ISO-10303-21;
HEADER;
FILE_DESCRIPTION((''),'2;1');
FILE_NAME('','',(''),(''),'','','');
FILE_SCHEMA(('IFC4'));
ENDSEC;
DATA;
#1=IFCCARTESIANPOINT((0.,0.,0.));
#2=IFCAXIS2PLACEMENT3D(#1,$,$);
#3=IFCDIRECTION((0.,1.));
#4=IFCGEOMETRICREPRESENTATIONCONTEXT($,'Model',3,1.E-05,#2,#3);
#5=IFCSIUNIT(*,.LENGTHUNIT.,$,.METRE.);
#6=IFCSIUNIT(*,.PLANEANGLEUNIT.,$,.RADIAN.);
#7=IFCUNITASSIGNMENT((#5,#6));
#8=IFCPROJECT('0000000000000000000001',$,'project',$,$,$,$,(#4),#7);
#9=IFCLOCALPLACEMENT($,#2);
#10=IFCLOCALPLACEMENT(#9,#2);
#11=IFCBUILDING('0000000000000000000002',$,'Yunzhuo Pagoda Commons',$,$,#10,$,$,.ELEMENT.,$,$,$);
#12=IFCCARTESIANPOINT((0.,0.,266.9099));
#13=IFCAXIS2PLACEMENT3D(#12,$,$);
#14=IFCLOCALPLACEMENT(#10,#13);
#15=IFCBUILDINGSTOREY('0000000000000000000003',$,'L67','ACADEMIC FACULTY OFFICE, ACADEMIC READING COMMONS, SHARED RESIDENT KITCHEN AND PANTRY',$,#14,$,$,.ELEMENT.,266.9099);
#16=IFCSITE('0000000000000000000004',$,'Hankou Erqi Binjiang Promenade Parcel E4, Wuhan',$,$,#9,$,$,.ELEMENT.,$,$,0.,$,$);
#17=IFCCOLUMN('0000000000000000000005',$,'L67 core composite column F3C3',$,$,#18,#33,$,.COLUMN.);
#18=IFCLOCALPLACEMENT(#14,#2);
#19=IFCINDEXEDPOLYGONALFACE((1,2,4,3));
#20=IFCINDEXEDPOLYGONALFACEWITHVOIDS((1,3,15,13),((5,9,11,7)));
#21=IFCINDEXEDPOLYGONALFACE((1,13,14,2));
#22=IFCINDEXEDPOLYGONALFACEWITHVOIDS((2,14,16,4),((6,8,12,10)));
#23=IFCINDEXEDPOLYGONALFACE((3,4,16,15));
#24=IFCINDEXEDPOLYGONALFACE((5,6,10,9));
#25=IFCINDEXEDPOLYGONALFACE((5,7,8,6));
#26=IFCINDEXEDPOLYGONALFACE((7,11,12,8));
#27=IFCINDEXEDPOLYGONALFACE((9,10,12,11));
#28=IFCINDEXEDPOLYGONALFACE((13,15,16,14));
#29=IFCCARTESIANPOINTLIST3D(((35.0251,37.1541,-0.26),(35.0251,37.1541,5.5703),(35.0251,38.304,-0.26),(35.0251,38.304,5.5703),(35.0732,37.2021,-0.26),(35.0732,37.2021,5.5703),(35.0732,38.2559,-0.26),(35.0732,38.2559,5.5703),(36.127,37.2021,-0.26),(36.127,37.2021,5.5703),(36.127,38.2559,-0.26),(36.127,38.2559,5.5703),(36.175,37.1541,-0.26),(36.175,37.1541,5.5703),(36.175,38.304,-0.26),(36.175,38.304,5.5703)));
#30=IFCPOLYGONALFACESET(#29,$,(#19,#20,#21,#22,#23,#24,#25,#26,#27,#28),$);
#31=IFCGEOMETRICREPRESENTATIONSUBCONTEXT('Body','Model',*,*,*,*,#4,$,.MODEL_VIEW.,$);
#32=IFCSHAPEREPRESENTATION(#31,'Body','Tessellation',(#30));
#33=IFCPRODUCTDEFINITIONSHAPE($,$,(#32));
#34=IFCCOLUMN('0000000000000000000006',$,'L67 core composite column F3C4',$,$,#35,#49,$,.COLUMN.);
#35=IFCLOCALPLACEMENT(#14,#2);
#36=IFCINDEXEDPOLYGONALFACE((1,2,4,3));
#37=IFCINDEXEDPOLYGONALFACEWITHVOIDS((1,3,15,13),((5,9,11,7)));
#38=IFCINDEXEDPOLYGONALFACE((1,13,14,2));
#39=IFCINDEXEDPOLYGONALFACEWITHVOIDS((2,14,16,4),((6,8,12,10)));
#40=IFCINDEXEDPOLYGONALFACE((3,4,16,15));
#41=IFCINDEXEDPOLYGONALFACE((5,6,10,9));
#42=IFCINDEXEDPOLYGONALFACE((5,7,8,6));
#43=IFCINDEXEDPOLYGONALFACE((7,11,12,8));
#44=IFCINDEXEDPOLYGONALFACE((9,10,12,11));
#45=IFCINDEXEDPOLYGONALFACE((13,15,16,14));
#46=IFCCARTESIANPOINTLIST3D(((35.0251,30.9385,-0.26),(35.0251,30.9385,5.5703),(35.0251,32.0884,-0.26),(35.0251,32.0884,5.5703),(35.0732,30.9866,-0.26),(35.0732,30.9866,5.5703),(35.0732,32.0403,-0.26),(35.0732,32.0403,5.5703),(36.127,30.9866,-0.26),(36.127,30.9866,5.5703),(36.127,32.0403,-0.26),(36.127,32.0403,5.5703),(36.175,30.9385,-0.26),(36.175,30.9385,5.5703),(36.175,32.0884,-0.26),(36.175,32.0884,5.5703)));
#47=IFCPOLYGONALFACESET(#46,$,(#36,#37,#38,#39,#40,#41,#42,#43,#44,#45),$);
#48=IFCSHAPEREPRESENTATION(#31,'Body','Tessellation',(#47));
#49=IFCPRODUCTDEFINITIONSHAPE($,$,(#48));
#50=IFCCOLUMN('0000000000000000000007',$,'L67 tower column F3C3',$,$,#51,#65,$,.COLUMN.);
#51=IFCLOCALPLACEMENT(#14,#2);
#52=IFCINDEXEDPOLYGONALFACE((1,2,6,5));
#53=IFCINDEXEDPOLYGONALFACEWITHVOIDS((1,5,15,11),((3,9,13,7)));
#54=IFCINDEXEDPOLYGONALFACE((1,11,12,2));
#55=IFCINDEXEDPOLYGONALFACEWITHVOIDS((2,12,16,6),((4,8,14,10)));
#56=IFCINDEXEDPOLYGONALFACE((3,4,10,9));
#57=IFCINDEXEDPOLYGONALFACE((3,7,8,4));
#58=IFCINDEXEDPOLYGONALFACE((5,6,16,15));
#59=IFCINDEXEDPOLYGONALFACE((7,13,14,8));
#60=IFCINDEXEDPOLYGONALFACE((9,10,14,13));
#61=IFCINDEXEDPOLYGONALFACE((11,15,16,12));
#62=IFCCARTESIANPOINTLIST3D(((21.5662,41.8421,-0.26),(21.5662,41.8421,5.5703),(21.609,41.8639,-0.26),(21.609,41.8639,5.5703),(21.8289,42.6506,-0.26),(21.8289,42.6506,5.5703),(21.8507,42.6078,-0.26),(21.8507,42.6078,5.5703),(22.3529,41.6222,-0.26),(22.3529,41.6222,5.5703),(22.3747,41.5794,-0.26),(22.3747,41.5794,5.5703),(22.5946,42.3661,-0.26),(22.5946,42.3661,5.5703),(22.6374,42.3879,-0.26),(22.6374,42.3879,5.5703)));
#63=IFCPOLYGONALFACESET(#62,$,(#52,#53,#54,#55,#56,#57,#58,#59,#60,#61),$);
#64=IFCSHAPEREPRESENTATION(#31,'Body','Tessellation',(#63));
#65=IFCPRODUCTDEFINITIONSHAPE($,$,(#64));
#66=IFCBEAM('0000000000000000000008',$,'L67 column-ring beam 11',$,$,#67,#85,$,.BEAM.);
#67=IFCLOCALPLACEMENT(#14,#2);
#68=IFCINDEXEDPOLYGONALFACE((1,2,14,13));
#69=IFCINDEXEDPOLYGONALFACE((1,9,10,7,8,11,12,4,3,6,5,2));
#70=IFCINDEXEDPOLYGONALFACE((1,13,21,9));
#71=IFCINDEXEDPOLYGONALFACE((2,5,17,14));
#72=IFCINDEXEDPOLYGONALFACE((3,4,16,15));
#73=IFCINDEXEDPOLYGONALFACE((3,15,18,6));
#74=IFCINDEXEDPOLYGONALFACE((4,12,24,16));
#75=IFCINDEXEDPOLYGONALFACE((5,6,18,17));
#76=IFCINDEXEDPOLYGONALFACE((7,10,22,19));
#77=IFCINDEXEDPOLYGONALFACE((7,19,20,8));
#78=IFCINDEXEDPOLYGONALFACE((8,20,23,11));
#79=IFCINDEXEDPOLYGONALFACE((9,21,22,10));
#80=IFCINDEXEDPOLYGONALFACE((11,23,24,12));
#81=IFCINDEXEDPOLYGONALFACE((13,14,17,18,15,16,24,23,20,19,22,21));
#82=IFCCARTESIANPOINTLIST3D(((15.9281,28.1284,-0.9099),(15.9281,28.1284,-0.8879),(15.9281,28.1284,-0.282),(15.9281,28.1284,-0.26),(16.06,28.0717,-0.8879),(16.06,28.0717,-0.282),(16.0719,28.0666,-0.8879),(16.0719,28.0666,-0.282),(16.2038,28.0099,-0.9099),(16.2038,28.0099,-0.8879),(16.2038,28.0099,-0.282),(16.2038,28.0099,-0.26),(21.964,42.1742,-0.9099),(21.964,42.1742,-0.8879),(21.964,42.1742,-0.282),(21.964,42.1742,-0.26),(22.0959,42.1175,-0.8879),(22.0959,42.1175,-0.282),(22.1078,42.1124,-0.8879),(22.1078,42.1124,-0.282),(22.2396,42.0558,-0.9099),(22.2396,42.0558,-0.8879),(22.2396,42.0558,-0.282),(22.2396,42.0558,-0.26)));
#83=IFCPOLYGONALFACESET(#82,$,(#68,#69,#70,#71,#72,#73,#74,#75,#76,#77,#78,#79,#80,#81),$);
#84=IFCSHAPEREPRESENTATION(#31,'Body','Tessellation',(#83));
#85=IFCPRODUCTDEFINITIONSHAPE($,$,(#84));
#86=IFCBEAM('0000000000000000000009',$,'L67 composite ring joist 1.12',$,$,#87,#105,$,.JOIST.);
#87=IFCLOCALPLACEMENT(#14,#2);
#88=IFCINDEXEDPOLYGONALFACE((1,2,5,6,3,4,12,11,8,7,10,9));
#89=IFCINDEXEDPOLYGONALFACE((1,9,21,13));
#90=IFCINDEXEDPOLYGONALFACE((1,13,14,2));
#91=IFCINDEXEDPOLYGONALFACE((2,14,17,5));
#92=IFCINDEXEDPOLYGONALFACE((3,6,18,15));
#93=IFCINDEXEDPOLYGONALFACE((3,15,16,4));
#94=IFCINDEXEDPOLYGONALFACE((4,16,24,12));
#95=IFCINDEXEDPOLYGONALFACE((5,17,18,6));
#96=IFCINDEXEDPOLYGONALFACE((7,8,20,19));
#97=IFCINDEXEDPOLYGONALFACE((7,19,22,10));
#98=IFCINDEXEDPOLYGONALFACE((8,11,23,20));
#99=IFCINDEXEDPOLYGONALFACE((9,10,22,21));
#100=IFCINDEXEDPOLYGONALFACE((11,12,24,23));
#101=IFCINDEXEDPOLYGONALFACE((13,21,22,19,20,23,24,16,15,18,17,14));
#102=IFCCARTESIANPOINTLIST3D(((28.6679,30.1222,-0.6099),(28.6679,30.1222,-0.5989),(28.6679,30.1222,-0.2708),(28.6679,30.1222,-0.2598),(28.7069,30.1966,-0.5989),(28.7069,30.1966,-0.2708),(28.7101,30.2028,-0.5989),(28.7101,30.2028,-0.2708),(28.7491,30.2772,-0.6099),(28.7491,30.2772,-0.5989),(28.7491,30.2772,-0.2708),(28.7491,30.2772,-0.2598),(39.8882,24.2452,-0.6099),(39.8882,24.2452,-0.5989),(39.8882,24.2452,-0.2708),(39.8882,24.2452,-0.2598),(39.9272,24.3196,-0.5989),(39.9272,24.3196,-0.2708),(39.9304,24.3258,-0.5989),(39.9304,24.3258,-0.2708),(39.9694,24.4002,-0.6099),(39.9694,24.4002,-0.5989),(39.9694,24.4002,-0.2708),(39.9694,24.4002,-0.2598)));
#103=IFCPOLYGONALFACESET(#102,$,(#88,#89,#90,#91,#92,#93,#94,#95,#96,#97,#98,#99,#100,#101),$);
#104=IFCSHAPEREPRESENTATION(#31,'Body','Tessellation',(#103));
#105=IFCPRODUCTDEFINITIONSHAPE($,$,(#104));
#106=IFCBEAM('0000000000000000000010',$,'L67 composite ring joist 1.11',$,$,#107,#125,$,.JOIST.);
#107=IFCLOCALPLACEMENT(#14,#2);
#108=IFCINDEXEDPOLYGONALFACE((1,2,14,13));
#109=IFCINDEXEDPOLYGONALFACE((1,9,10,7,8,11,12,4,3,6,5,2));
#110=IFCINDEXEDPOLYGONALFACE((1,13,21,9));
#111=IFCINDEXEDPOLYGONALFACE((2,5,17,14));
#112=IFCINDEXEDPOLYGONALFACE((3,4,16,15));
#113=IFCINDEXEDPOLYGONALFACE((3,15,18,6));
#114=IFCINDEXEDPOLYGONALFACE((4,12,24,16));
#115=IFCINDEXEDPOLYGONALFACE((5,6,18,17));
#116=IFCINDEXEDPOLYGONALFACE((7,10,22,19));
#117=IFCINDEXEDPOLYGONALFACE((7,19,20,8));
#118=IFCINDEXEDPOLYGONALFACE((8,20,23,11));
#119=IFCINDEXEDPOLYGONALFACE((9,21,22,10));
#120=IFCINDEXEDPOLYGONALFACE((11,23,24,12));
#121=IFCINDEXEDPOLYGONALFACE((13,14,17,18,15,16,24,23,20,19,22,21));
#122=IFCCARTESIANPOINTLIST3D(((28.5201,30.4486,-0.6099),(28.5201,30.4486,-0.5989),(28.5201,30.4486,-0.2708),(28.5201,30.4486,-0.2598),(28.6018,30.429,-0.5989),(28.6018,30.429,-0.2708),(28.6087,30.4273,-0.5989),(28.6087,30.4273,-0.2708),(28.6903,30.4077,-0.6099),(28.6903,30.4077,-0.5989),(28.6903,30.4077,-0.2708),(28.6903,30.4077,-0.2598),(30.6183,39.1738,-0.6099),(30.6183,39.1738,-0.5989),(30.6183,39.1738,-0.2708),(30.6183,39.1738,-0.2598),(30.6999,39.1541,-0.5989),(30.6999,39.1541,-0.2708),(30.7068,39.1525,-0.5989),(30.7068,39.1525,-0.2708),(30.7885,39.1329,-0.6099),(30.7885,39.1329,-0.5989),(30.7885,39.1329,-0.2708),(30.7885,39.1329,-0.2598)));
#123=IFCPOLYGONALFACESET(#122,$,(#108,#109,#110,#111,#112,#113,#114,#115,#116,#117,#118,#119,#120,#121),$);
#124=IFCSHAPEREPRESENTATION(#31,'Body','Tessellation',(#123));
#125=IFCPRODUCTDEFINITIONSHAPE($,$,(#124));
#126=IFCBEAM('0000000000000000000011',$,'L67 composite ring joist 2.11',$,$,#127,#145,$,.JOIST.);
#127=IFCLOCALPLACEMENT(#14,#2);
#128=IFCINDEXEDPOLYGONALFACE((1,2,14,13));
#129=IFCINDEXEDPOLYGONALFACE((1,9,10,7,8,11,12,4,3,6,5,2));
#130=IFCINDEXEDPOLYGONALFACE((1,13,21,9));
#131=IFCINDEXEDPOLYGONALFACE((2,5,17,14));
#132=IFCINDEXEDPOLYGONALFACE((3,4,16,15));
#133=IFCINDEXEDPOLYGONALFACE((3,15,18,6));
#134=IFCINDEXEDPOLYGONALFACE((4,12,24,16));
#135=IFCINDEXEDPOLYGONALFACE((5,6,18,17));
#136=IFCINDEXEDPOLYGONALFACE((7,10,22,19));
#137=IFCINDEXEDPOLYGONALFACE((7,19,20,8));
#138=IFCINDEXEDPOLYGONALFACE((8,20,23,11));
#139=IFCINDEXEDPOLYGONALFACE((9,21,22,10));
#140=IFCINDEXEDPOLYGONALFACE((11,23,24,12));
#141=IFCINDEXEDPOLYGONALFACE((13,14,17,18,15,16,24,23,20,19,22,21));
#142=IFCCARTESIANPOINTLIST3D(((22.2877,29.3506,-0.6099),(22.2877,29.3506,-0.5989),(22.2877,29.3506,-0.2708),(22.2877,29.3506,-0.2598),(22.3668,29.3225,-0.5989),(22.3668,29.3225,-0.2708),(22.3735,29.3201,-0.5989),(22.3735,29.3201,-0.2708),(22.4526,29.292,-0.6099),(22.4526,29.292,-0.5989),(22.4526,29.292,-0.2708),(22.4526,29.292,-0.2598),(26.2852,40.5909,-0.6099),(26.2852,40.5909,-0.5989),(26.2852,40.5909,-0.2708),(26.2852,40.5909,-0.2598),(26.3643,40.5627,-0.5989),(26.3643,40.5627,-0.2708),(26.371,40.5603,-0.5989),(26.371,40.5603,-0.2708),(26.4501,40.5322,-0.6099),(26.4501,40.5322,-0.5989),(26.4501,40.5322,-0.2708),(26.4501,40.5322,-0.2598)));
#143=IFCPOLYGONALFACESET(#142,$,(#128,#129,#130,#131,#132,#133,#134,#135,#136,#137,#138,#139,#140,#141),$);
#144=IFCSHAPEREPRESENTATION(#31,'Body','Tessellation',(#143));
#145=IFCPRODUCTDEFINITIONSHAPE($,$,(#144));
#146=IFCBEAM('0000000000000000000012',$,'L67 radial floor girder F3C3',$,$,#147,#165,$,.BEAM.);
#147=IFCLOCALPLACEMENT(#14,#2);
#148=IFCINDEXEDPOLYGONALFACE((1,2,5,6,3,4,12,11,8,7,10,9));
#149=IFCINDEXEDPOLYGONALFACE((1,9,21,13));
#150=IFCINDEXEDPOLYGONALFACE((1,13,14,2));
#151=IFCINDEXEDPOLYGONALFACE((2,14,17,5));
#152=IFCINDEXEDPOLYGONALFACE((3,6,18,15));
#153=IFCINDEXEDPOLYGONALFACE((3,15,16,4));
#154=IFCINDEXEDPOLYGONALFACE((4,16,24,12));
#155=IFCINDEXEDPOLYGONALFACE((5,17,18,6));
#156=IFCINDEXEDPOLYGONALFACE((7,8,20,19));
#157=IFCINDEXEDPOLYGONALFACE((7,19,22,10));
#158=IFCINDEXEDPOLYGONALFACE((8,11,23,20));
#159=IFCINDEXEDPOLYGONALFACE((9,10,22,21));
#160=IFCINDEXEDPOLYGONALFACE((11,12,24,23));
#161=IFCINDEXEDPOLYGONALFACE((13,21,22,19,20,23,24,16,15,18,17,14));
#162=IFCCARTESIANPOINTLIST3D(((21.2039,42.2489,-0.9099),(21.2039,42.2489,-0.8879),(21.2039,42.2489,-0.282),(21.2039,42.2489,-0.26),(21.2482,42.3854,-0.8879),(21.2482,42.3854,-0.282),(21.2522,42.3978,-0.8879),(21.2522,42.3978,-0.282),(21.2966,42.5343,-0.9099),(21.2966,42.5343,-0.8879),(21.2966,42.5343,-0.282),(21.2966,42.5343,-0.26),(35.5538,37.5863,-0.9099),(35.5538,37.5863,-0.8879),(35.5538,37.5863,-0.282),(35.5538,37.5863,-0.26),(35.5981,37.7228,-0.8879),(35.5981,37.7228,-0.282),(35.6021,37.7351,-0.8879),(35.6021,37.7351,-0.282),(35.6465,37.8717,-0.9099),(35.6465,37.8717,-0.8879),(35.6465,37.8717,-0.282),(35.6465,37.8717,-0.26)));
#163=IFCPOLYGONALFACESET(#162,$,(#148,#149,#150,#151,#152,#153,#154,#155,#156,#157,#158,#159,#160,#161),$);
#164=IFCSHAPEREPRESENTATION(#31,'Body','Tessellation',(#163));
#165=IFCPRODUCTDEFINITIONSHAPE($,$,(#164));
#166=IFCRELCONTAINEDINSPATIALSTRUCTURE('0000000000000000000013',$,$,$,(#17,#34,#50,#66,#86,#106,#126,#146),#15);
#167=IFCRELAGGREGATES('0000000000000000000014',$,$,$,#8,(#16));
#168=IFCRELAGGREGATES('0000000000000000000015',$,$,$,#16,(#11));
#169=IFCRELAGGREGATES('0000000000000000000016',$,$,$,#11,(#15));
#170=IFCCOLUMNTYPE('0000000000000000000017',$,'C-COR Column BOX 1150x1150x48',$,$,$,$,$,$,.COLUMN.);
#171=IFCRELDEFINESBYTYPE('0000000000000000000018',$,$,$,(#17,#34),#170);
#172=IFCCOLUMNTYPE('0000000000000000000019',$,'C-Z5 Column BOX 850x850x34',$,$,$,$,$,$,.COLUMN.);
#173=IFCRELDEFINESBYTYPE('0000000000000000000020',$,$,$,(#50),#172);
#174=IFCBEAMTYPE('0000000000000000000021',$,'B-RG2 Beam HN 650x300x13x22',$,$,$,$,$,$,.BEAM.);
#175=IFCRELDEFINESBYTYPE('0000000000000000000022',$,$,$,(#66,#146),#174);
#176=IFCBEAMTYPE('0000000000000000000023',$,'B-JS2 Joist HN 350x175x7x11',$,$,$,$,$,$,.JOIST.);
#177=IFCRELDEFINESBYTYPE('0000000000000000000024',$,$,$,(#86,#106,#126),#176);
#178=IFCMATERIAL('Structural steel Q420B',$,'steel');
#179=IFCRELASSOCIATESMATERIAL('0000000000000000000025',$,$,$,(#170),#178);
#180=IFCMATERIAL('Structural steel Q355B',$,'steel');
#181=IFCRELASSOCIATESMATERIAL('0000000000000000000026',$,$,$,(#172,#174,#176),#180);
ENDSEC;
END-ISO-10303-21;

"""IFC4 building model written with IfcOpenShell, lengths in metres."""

from ifc_helpers import new_model, si_unit, direction, frame, origin, origin_2d, place, context, subcontext, project, spatial, hollow_rectangle, i_section, extrude, source, transform, mapped, material, material_profile, profile_set, type_object, element, save


model = new_model("IFC4")

# Units and contexts
model_context = context("Model", 3, precision=1e-05, world=origin(), true_north=direction((0.0, 1.0)))
body_context = subcontext(model_context, "Body", "Model", "MODEL_VIEW")
ifc_project = project(units=[si_unit("LENGTHUNIT", "METRE"), si_unit("PLANEANGLEUNIT", "RADIAN")], contexts=[model_context])

# Site, building, storey
site_placement = place(None, origin())
site = spatial("IfcSite", under=ifc_project, at=site_placement, Name="Hankou Erqi Binjiang Promenade Parcel E4, Wuhan", CompositionType="ELEMENT", RefElevation=0.0)
building_placement = place(site_placement, origin())
building = spatial("IfcBuilding", under=site, at=building_placement, Name="Yunzhuo Pagoda Commons", CompositionType="ELEMENT")
storey_placement = place(building_placement, frame((0.0, 0.0, 266.9099)))
storey = spatial("IfcBuildingStorey", under=building, at=storey_placement, Name="L67", Description="ACADEMIC FACULTY OFFICE, ACADEMIC READING COMMONS, SHARED RESIDENT KITCHEN AND PANTRY", CompositionType="ELEMENT", Elevation=266.9099)

# Columns
ifc_material_1 = material(Name="Structural steel Q420B", Category="steel")
ifc_material_profile_1 = material_profile(ifc_material_1, hollow_rectangle(XDim=1.1499, YDim=1.1499, WallThickness=0.0481, at=origin_2d()), Name="Structural steel Q420B")
ifc_profile_set_1 = profile_set([ifc_material_profile_1], Name="Structural steel Q420B")
column_type_1 = type_object("IfcColumnType", Name="C-COR Column BOX 1150x1150x48", PredefinedType="COLUMN", material=ifc_profile_set_1)
shared_shape_1 = source(origin(), body_context, "Body", "SweptSolid", [
    extrude(hollow_rectangle(XDim=1.1499, YDim=1.1499, WallThickness=0.0481, at=origin_2d()), origin(), (0.0, 0.0, 1.0), 5.8303),
])
for number, where, z_axis, x_axis, name in (
    (1, (35.6001, 37.729, -0.26), (0.0, 0.0, 1.0), (1.0, 0.0, 0.0), "L67 core composite column F3C3"),
    (2, (35.6001, 31.5134, -0.26), (0.0, 0.0, 1.0), (1.0, 0.0, 0.0), "L67 core composite column F3C4"),
):
    element("IfcColumn", number, at=place(storey_placement, frame(where, z_axis=z_axis, x_axis=x_axis)), inside=storey, type_object=column_type_1, Name=name, PredefinedType="COLUMN", context=body_context, shape_type="MappedRepresentation", body=[
        mapped(shared_shape_1, transform((0.0, 0.0, 0.0), scale=1.0)),
    ])
ifc_material_2 = material(Name="Structural steel Q355B", Category="steel")
ifc_material_profile_2 = material_profile(ifc_material_2, hollow_rectangle(XDim=0.8501, YDim=0.8501, WallThickness=0.0339, at=origin_2d()), Name="Structural steel Q355B")
ifc_profile_set_2 = profile_set([ifc_material_profile_2], Name="Structural steel Q355B")
column_type_2 = type_object("IfcColumnType", Name="C-Z5 Column BOX 850x850x34", PredefinedType="COLUMN", material=ifc_profile_set_2)
shared_shape_2 = source(origin(), body_context, "Body", "SweptSolid", [
    extrude(hollow_rectangle(XDim=0.8501, YDim=0.8501, WallThickness=0.0339, at=origin_2d()), origin(), (0.0, 0.0, 1.0), 5.8303),
])
column_placement = place(storey_placement, frame((22.1018, 42.115, -0.26), z_axis=(0.0, 0.0, 1.0), x_axis=(-0.309017, -0.951057, 0.0)))
element("IfcColumn", 3, at=column_placement, inside=storey, type_object=column_type_2, Name="L67 tower column F3C3", PredefinedType="COLUMN", context=body_context, shape_type="MappedRepresentation", body=[
    mapped(shared_shape_2, transform((0.0, 0.0, 0.0), scale=1.0)),
])

# Beams
ifc_material_profile_3 = material_profile(ifc_material_2, i_section(OverallWidth=0.3, OverallDepth=0.6499, WebThickness=0.0129, FlangeThickness=0.022, at=origin_2d()), Name="Structural steel Q355B")
ifc_profile_set_3 = profile_set([ifc_material_profile_3], Name="Structural steel Q355B")
beam_type_1 = type_object("IfcBeamType", Name="B-RG2 Beam HN 650x300x13x22", PredefinedType="BEAM", material=ifc_profile_set_3)
shared_shape_3 = source(origin(), body_context, "Body", "SweptSolid", [
    extrude(i_section(OverallWidth=0.3, OverallDepth=0.6499, WebThickness=0.0129, FlangeThickness=0.022, at=origin_2d()), origin(), (0.0, 0.0, 1.0), 15.2878),
])
beam_1_placement = place(storey_placement, frame((22.1018, 42.115, -0.585), z_axis=(-0.394815, -0.91876, 0.0), x_axis=(0.91876, -0.394815, 0.0)))
element("IfcBeam", 4, at=beam_1_placement, inside=storey, type_object=beam_type_1, Name="L67 column-ring beam 11", PredefinedType="BEAM", context=body_context, shape_type="MappedRepresentation", body=[
    mapped(shared_shape_3, transform((0.0, 0.0, 0.0), scale=1.0)),
])
ifc_material_profile_4 = material_profile(ifc_material_2, i_section(OverallWidth=0.175, OverallDepth=0.3501, WebThickness=0.0071, FlangeThickness=0.011, at=origin_2d()), Name="Structural steel Q355B")
ifc_profile_set_4 = profile_set([ifc_material_profile_4], Name="Structural steel Q355B")
beam_type_2 = type_object("IfcBeamType", Name="B-JS2 Joist HN 350x175x7x11", PredefinedType="JOIST", material=ifc_profile_set_4)
shared_shape_4 = source(origin(), body_context, "Body", "SweptSolid", [
    extrude(i_section(OverallWidth=0.175, OverallDepth=0.3501, WebThickness=0.0071, FlangeThickness=0.011, at=origin_2d()), origin(), (0.0, 0.0, 1.0), 12.6663),
])
beam_2_placement = place(storey_placement, frame((28.7085, 30.1997, -0.4348), z_axis=(0.885841, -0.463988, 0.0), x_axis=(0.463988, 0.885841, 0.0)))
element("IfcBeam", 5, at=beam_2_placement, inside=storey, type_object=beam_type_2, Name="L67 composite ring joist 1.12", PredefinedType="JOIST", context=body_context, shape_type="MappedRepresentation", body=[
    mapped(shared_shape_4, transform((0.0, 0.0, 0.0), scale=1.0)),
])
shared_shape_5 = source(origin(), body_context, "Body", "SweptSolid", [
    extrude(i_section(OverallWidth=0.175, OverallDepth=0.3501, WebThickness=0.0071, FlangeThickness=0.011, at=origin_2d()), origin(), (0.0, 0.0, 1.0), 8.9739),
])
beam_3_placement = place(storey_placement, frame((30.7034, 39.1533, -0.4348), z_axis=(-0.233807, -0.972283, 0.0), x_axis=(0.972283, -0.233807, 0.0)))
element("IfcBeam", 6, at=beam_3_placement, inside=storey, type_object=beam_type_2, Name="L67 composite ring joist 1.11", PredefinedType="JOIST", context=body_context, shape_type="MappedRepresentation", body=[
    mapped(shared_shape_5, transform((0.0, 0.0, 0.0), scale=1.0)),
])
shared_shape_6 = source(origin(), body_context, "Body", "SweptSolid", [
    extrude(i_section(OverallWidth=0.175, OverallDepth=0.3501, WebThickness=0.0071, FlangeThickness=0.011, at=origin_2d()), origin(), (0.0, 0.0, 1.0), 11.9299),
])
beam_4_placement = place(storey_placement, frame((26.3677, 40.5615, -0.4348), z_axis=(-0.335086, -0.942187, 0.0), x_axis=(0.942187, -0.335086, 0.0)))
element("IfcBeam", 7, at=beam_4_placement, inside=storey, type_object=beam_type_2, Name="L67 composite ring joist 2.11", PredefinedType="JOIST", context=body_context, shape_type="MappedRepresentation", body=[
    mapped(shared_shape_6, transform((0.0, 0.0, 0.0), scale=1.0)),
])
shared_shape_7 = source(origin(), body_context, "Body", "SweptSolid", [
    extrude(i_section(OverallWidth=0.3, OverallDepth=0.6499, WebThickness=0.0129, FlangeThickness=0.022, at=origin_2d()), origin(), (0.0, 0.0, 1.0), 15.0884),
])
beam_5_placement = place(storey_placement, frame((21.2502, 42.3916, -0.585), z_axis=(0.951056, -0.30902, 0.0), x_axis=(0.30902, 0.951056, 0.0)))
element("IfcBeam", 8, at=beam_5_placement, inside=storey, type_object=beam_type_1, Name="L67 radial floor girder F3C3", PredefinedType="BEAM", context=body_context, shape_type="MappedRepresentation", body=[
    mapped(shared_shape_7, transform((0.0, 0.0, 0.0), scale=1.0)),
])

save(model, "model.ifc")
